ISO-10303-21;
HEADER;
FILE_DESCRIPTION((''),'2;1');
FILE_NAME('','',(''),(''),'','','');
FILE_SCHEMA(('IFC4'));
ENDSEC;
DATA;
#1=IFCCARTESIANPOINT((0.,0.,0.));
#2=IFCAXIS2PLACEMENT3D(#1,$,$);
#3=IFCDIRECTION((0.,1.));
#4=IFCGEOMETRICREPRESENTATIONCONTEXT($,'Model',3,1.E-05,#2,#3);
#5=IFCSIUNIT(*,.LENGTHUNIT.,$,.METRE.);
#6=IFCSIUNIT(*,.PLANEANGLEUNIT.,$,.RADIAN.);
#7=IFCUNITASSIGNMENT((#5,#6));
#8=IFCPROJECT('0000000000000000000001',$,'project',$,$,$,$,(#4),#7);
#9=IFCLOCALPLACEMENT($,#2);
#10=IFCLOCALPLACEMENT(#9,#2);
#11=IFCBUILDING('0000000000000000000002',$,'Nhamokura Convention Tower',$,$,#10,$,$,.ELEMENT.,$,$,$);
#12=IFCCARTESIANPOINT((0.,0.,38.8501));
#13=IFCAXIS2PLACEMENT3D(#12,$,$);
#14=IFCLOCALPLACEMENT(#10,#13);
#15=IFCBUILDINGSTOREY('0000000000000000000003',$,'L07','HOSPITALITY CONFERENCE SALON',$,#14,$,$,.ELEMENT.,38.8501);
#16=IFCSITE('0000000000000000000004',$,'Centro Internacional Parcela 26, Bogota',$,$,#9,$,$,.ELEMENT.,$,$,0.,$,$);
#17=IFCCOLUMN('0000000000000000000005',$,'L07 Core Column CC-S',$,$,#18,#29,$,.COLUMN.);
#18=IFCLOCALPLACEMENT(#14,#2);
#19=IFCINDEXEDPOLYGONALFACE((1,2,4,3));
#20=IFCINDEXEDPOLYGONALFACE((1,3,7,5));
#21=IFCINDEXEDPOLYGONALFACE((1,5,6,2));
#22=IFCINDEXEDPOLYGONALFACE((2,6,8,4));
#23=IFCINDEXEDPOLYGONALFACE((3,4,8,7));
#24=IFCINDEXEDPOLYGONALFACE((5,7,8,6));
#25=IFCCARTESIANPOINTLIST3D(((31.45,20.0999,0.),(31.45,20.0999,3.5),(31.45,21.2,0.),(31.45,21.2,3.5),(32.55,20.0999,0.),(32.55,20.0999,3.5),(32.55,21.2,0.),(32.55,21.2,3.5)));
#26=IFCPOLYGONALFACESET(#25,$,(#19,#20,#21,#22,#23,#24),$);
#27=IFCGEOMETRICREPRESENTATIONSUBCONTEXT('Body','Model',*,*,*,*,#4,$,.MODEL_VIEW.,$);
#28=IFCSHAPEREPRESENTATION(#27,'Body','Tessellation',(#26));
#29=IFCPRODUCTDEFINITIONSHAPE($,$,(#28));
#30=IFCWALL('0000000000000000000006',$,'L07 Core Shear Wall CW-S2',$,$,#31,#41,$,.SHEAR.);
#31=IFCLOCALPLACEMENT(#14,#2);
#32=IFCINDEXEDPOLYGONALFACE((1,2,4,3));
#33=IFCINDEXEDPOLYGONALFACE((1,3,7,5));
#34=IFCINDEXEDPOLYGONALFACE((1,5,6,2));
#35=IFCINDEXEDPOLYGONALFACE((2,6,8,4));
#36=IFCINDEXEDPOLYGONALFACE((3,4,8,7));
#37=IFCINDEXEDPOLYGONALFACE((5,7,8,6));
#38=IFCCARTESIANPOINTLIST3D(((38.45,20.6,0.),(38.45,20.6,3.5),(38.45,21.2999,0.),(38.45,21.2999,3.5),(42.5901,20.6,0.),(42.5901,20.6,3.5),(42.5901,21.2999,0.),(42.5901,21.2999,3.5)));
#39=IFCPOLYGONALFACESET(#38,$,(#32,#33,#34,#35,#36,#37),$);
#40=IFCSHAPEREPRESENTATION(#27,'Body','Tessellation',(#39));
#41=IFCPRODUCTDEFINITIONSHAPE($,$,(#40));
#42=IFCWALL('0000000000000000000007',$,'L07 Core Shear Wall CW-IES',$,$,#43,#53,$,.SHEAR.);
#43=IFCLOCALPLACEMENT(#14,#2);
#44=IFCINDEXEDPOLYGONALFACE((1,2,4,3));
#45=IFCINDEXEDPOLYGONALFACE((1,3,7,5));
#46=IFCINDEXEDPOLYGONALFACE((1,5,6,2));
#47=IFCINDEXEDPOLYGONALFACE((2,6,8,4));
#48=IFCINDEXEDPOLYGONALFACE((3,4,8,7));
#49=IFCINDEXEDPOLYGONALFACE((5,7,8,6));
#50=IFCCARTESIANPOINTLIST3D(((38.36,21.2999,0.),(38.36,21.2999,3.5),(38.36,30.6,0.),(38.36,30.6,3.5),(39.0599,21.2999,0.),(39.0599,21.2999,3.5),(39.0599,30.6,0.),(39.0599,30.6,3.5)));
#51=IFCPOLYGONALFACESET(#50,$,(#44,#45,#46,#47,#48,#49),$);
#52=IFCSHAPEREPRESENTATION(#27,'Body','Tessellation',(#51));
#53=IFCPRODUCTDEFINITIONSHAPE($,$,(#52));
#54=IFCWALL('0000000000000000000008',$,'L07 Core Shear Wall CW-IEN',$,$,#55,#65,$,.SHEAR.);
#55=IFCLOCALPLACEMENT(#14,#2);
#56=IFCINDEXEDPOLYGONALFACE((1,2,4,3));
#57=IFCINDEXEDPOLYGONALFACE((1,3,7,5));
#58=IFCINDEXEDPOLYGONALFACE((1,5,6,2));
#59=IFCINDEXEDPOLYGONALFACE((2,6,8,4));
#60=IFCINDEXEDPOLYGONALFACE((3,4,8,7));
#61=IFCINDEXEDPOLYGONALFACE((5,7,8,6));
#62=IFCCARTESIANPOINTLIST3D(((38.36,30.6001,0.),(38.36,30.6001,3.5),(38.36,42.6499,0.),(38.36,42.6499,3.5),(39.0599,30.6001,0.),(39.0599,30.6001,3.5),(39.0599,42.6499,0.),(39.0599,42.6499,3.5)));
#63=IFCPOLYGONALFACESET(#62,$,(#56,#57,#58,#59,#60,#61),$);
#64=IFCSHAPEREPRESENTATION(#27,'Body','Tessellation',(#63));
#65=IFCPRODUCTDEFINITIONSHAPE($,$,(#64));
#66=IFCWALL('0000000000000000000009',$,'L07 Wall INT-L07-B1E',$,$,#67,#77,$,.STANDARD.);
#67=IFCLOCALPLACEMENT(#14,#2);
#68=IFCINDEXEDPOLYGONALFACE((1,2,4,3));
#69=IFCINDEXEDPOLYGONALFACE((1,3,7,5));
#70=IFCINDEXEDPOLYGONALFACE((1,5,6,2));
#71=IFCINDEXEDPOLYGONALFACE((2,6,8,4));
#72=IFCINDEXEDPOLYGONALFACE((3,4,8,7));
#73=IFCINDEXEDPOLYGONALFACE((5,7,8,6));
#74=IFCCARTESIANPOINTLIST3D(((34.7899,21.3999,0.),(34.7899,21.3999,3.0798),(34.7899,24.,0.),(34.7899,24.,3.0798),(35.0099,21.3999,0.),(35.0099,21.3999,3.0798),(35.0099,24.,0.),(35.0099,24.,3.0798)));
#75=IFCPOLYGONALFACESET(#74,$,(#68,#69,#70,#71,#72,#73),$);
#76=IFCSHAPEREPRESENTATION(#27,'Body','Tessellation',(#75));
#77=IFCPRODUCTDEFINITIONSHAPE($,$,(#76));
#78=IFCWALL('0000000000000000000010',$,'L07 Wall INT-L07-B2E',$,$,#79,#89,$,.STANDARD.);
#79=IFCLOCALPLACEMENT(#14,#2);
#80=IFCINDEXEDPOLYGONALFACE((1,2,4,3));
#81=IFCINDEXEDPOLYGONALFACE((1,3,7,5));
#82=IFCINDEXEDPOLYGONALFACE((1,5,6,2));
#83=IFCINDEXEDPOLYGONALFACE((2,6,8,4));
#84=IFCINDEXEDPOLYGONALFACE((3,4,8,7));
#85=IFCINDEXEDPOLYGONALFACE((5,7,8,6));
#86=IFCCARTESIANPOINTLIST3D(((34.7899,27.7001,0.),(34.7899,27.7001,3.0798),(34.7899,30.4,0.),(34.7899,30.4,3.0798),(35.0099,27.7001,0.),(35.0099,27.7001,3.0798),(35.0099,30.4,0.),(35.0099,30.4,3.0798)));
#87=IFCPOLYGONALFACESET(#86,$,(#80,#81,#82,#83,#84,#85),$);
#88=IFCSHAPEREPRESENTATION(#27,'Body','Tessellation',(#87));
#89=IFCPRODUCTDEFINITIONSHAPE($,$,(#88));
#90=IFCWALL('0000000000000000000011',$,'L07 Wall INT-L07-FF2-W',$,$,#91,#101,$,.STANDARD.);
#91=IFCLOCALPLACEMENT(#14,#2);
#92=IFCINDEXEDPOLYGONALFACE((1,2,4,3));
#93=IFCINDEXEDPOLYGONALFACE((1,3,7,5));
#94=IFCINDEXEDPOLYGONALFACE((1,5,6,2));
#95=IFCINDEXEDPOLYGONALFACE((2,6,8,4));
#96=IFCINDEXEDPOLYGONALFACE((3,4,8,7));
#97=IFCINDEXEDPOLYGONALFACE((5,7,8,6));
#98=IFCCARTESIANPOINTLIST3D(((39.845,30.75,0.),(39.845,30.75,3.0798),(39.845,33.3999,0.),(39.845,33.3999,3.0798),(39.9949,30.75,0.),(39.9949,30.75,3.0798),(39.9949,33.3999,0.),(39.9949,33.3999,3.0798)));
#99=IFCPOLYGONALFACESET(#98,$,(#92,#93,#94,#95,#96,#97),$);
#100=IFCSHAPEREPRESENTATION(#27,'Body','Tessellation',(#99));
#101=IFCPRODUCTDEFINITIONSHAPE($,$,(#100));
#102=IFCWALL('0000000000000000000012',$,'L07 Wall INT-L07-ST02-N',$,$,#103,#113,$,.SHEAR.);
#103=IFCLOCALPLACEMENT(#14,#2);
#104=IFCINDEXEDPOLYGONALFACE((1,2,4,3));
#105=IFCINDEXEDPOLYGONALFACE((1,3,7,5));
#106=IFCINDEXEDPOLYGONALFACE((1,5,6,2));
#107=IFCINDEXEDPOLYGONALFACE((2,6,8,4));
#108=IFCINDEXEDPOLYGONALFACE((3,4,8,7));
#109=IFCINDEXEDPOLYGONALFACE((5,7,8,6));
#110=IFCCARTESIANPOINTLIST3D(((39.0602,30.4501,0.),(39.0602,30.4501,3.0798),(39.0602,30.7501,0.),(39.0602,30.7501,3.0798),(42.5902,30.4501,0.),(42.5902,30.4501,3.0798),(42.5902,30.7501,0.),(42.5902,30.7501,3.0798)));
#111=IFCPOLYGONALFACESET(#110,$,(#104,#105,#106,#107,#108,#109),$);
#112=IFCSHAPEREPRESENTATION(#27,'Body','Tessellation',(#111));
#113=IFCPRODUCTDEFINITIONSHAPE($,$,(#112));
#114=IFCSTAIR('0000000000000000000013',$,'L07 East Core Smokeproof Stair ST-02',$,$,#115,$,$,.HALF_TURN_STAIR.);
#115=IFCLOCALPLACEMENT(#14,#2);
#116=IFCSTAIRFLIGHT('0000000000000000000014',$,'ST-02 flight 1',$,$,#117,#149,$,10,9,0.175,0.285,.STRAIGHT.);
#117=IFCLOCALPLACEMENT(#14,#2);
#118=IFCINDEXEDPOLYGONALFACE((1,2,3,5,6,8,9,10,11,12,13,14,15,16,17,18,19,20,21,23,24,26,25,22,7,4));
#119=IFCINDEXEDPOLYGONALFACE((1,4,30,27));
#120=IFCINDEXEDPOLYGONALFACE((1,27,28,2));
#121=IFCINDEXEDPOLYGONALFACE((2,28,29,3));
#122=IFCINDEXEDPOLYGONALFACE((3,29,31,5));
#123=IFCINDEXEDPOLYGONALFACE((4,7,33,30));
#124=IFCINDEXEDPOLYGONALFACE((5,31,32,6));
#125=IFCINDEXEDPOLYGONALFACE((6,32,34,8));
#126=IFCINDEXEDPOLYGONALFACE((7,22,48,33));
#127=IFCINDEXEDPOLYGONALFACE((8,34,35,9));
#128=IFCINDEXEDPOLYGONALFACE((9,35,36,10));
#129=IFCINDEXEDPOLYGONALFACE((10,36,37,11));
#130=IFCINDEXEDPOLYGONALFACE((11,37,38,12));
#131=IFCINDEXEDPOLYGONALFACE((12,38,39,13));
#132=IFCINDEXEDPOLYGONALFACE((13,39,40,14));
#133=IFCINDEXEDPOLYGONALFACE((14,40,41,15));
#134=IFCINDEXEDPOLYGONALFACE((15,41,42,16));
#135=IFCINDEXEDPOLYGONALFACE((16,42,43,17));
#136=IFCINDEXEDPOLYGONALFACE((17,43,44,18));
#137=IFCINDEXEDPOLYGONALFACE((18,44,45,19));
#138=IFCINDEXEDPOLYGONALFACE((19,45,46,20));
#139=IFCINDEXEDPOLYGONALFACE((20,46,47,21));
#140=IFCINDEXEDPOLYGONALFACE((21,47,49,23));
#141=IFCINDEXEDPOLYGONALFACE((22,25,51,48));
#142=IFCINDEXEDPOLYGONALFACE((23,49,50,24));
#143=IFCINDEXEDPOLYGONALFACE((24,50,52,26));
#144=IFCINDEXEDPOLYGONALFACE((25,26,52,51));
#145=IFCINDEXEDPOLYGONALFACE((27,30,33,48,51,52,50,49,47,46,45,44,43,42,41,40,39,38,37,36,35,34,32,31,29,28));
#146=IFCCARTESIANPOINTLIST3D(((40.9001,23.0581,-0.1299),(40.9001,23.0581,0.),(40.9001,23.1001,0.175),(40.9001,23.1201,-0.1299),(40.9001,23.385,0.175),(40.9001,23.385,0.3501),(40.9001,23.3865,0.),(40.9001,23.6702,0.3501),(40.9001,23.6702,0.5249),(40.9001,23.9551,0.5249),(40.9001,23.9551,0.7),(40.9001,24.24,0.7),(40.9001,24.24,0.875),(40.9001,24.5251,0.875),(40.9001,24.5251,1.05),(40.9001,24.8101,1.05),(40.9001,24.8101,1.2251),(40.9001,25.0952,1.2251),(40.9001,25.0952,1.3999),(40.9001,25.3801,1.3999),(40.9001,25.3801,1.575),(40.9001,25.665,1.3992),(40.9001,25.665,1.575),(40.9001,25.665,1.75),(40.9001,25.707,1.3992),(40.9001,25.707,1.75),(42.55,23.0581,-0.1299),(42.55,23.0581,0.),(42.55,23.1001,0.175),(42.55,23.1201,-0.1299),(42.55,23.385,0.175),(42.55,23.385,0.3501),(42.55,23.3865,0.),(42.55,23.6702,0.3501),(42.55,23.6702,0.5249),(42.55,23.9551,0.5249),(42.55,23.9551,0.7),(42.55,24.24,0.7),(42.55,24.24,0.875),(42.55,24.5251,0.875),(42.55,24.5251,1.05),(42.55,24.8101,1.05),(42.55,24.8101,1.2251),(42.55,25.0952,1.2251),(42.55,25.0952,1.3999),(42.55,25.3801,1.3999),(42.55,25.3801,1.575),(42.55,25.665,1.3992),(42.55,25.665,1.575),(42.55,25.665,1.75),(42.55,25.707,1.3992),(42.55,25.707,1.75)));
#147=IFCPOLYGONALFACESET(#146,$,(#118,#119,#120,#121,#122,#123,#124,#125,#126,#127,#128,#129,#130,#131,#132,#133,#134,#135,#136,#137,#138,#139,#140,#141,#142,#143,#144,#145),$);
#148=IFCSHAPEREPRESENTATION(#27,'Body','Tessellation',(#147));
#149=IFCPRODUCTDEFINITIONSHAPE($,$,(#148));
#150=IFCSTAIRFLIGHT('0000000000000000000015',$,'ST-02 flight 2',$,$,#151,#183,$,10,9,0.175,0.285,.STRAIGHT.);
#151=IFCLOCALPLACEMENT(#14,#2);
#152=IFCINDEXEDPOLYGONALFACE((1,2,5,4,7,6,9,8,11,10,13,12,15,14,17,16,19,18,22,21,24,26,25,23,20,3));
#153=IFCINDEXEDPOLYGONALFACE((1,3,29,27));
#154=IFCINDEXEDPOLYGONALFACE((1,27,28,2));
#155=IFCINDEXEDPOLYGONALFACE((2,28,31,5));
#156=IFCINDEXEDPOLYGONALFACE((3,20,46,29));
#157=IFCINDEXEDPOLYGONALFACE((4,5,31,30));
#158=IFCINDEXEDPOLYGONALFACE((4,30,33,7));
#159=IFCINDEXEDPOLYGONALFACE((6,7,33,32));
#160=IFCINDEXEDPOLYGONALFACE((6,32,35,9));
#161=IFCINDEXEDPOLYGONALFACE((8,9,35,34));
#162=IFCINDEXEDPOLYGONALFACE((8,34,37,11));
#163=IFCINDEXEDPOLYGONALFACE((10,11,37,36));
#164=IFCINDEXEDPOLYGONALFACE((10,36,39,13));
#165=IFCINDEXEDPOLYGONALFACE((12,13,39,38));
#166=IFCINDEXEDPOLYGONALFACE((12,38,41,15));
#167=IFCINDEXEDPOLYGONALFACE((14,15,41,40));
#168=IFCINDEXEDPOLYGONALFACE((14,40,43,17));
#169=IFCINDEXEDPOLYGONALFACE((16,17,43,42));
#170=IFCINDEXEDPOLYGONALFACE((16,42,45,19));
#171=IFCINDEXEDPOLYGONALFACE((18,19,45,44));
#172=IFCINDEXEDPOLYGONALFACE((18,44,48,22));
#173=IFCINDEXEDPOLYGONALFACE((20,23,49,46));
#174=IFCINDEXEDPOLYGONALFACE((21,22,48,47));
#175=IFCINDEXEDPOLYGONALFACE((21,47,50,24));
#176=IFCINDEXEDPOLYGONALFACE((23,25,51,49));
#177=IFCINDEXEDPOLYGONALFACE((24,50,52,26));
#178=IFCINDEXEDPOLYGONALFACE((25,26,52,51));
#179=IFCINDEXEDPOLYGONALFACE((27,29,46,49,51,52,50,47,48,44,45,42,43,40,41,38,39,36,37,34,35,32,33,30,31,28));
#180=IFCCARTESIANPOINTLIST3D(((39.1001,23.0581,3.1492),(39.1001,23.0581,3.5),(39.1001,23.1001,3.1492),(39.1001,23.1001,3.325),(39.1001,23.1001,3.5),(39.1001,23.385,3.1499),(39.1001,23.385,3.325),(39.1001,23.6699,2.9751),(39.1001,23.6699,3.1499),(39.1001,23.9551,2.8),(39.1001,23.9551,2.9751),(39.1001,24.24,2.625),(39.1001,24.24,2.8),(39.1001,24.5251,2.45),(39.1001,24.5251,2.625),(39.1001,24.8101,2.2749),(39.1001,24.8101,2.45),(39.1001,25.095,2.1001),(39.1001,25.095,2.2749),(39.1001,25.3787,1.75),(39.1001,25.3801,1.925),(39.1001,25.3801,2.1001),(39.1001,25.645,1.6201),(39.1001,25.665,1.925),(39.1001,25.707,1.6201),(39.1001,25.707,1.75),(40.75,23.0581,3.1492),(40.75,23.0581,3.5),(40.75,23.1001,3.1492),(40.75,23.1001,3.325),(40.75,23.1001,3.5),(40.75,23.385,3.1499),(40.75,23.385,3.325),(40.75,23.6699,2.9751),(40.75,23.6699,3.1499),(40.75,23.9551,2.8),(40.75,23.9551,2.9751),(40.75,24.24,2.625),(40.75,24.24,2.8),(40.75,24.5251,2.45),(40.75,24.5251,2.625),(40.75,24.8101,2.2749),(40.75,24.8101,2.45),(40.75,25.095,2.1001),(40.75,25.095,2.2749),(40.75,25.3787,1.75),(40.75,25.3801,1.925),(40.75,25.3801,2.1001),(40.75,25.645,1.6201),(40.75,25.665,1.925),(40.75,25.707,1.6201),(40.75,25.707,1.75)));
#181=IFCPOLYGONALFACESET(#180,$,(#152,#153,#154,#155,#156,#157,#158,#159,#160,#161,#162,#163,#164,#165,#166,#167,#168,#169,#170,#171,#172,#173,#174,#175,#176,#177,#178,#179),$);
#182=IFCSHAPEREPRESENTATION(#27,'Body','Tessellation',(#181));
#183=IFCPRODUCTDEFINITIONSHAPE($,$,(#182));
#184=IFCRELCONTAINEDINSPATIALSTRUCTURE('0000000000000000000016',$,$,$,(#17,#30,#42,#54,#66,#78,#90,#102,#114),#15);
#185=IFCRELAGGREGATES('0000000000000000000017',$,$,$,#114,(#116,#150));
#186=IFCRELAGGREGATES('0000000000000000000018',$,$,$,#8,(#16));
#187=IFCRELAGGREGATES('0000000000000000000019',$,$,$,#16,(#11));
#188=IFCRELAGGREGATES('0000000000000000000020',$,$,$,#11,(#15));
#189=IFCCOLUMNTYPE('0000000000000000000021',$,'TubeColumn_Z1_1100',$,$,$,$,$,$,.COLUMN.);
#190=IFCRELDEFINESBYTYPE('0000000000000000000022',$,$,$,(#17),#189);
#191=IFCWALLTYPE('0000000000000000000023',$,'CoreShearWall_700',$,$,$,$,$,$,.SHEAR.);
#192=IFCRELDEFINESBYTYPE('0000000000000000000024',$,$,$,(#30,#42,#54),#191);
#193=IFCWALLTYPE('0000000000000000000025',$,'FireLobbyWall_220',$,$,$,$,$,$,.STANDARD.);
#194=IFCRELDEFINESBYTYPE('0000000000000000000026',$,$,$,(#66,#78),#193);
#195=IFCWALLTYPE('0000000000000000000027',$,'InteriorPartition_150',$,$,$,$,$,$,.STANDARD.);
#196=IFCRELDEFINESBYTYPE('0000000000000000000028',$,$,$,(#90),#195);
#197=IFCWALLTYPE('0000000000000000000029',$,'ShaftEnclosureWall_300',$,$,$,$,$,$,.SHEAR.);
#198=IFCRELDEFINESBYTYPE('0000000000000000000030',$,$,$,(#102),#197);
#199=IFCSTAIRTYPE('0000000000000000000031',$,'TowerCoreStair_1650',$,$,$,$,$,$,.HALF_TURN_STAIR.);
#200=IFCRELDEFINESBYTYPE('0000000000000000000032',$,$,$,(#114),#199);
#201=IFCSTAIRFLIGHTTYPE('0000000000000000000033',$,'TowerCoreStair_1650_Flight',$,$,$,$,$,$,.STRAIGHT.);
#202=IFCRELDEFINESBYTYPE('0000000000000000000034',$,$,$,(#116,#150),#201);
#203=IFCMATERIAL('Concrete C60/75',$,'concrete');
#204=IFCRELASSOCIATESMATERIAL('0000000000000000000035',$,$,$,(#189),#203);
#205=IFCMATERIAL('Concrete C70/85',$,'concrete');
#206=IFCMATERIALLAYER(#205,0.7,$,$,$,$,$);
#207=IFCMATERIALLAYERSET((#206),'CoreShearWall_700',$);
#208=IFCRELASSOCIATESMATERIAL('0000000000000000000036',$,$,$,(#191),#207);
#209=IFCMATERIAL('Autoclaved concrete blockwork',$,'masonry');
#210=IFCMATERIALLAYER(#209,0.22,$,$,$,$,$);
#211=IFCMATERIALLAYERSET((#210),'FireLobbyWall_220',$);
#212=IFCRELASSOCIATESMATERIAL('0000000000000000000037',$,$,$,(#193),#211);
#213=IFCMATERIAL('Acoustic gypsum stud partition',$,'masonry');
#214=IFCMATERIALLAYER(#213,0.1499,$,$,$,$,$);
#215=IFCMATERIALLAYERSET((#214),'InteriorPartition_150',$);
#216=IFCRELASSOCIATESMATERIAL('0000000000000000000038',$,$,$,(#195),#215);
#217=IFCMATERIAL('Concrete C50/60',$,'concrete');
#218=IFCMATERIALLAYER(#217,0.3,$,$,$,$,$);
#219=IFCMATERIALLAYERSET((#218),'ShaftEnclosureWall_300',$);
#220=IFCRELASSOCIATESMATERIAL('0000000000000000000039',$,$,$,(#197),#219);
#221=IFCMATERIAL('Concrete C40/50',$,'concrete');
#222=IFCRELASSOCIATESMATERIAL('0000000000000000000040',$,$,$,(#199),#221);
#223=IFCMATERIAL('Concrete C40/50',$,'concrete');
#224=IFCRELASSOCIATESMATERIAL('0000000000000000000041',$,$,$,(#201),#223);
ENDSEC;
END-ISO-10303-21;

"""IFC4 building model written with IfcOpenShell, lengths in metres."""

from ifc_helpers import new_model, si_unit, direction, frame, frame_2d, origin, origin_2d, place, context, subcontext, project, spatial, polyline, rectangle, outline, extrude, material, layer, layer_set, material_profile, profile_set, type_object, element, aggregate, save


model = new_model("IFC4")

# Units and contexts
model_context = context("Model", 3, precision=1e-05, world=origin(), true_north=direction((0.0, 1.0)))
body_context = subcontext(model_context, "Body", "Model", "MODEL_VIEW")
ifc_project = project(units=[si_unit("LENGTHUNIT", "METRE"), si_unit("PLANEANGLEUNIT", "RADIAN")], contexts=[model_context])

# Site, building, storey
site_placement = place(None, origin())
site = spatial("IfcSite", under=ifc_project, at=site_placement, Name="Centro Internacional Parcela 26, Bogota", CompositionType="ELEMENT", RefElevation=0.0)
building_placement = place(site_placement, origin())
building = spatial("IfcBuilding", under=site, at=building_placement, Name="Nhamokura Convention Tower", CompositionType="ELEMENT")
storey_placement = place(building_placement, frame((0.0, 0.0, 38.8501)))
storey = spatial("IfcBuildingStorey", under=building, at=storey_placement, Name="L07", Description="HOSPITALITY CONFERENCE SALON", CompositionType="ELEMENT", Elevation=38.8501)

# Column
ifc_material_1 = material(Name="Concrete C60/75", Category="concrete")
ifc_material_profile = material_profile(ifc_material_1, rectangle(XDim=1.1001, YDim=1.1001, at=origin_2d()))
ifc_profile_set = profile_set([ifc_material_profile], Name="Concrete C60/75")
column_type = type_object("IfcColumnType", Name="TubeColumn_Z1_1100", PredefinedType="COLUMN", material=ifc_profile_set)
column_placement = place(storey_placement, frame((32.0, 20.6499, 0.0), z_axis=(0.0, 0.0, 1.0), x_axis=(1.0, 0.0, 0.0)))
element("IfcColumn", 1, at=column_placement, inside=storey, type_object=column_type, Name="L07 Core Column CC-S", PredefinedType="COLUMN", context=body_context, shape_type="SweptSolid", body=[
    extrude(rectangle(XDim=1.1001, YDim=1.1001, at=origin_2d()), origin(), (0.0, 0.0, 1.0), 3.5),
])

# Shared definitions
ifc_material_2 = material(Name="Concrete C70/85", Category="concrete")
ifc_layer_1 = layer(ifc_material_2, 0.7)
ifc_layer_set_1 = layer_set([ifc_layer_1], Name="CoreShearWall_700")
wall_type_1 = type_object("IfcWallType", Name="CoreShearWall_700", PredefinedType="SHEAR", material=ifc_layer_set_1)

# Walls
wall_1_placement = place(storey_placement, frame((38.45, 20.95, 0.0), z_axis=(0.0, 0.0, 1.0), x_axis=(1.0, 0.0, 0.0)))
element("IfcWall", 2, at=wall_1_placement, inside=storey, type_object=wall_type_1, Name="L07 Core Shear Wall CW-S2", PredefinedType="SHEAR", context=body_context, shape_type="SweptSolid", body=[
    extrude(rectangle(XDim=4.1401, YDim=0.7, at=frame_2d((2.0701, 0.0))), origin(), (0.0, 0.0, 1.0), 3.5),
])
wall_2_placement = place(storey_placement, frame((38.71, 21.3, 0.0), z_axis=(0.0, 0.0, 1.0), x_axis=(0.0, 1.0, 0.0)))
element("IfcWall", 3, at=wall_2_placement, inside=storey, type_object=wall_type_1, Name="L07 Core Shear Wall CW-IES", PredefinedType="SHEAR", context=body_context, shape_type="SweptSolid", body=[
    extrude(rectangle(XDim=9.3, YDim=0.7, at=frame_2d((4.6499, 0.0))), origin(), (0.0, 0.0, 1.0), 3.5),
])
wall_3_placement = place(storey_placement, frame((38.71, 30.6001, 0.0), z_axis=(0.0, 0.0, 1.0), x_axis=(0.0, 1.0, 0.0)))
element("IfcWall", 4, at=wall_3_placement, inside=storey, type_object=wall_type_1, Name="L07 Core Shear Wall CW-IEN", PredefinedType="SHEAR", context=body_context, shape_type="SweptSolid", body=[
    extrude(rectangle(XDim=12.0498, YDim=0.7, at=frame_2d((6.0249, 0.0))), origin(), (0.0, 0.0, 1.0), 3.5),
])

# Shared definitions
ifc_material_3 = material(Name="Autoclaved concrete blockwork", Category="masonry")
ifc_layer_2 = layer(ifc_material_3, 0.22)
ifc_layer_set_2 = layer_set([ifc_layer_2], Name="FireLobbyWall_220")
wall_type_2 = type_object("IfcWallType", Name="FireLobbyWall_220", PredefinedType="STANDARD", material=ifc_layer_set_2)

# Walls
wall_4_placement = place(storey_placement, frame((34.8999, 21.3999, 0.0), z_axis=(0.0, 0.0, 1.0), x_axis=(0.0, 1.0, 0.0)))
element("IfcWall", 5, at=wall_4_placement, inside=storey, type_object=wall_type_2, Name="L07 Wall INT-L07-B1E", PredefinedType="STANDARD", context=body_context, shape_type="SweptSolid", body=[
    extrude(rectangle(XDim=2.6001, YDim=0.22, at=frame_2d((1.3, 0.0))), origin(), (0.0, 0.0, 1.0), 3.0798),
])
wall_5_placement = place(storey_placement, frame((34.8999, 27.7, 0.0), z_axis=(0.0, 0.0, 1.0), x_axis=(0.0, 1.0, 0.0)))
element("IfcWall", 6, at=wall_5_placement, inside=storey, type_object=wall_type_2, Name="L07 Wall INT-L07-B2E", PredefinedType="STANDARD", context=body_context, shape_type="SweptSolid", body=[
    extrude(rectangle(XDim=2.7, YDim=0.22, at=frame_2d((1.3501, 0.0))), origin(), (0.0, 0.0, 1.0), 3.0798),
])
ifc_material_4 = material(Name="Acoustic gypsum stud partition", Category="masonry")
ifc_layer_3 = layer(ifc_material_4, 0.1499)
ifc_layer_set_3 = layer_set([ifc_layer_3], Name="InteriorPartition_150")
wall_type_3 = type_object("IfcWallType", Name="InteriorPartition_150", PredefinedType="STANDARD", material=ifc_layer_set_3)
wall_6_placement = place(storey_placement, frame((39.9199, 30.75, 0.0), z_axis=(0.0, 0.0, 1.0), x_axis=(0.0, 1.0, 0.0)))
element("IfcWall", 7, at=wall_6_placement, inside=storey, type_object=wall_type_3, Name="L07 Wall INT-L07-FF2-W", PredefinedType="STANDARD", context=body_context, shape_type="SweptSolid", body=[
    extrude(rectangle(XDim=2.6499, YDim=0.1499, at=frame_2d((1.325, 0.0))), origin(), (0.0, 0.0, 1.0), 3.0798),
])
ifc_material_5 = material(Name="Concrete C50/60", Category="concrete")
ifc_layer_4 = layer(ifc_material_5, 0.3)
ifc_layer_set_4 = layer_set([ifc_layer_4], Name="ShaftEnclosureWall_300")
wall_type_4 = type_object("IfcWallType", Name="ShaftEnclosureWall_300", PredefinedType="SHEAR", material=ifc_layer_set_4)
wall_7_placement = place(storey_placement, frame((39.0601, 30.6001, 0.0), z_axis=(0.0, 0.0, 1.0), x_axis=(1.0, 0.0, 0.0)))
element("IfcWall", 8, at=wall_7_placement, inside=storey, type_object=wall_type_4, Name="L07 Wall INT-L07-ST02-N", PredefinedType="SHEAR", context=body_context, shape_type="SweptSolid", body=[
    extrude(rectangle(XDim=3.53, YDim=0.3, at=frame_2d((1.7651, 0.0))), origin(), (0.0, 0.0, 1.0), 3.0798),
])

# Stair, stair flights
ifc_material_6 = material(Name="Concrete C40/50", Category="concrete")
stair_type = type_object("IfcStairType", Name="TowerCoreStair_1650", PredefinedType="HALF_TURN_STAIR", material=ifc_material_6)
stair_placement = place(storey_placement, origin())
stair = element("IfcStair", 9, at=stair_placement, inside=storey, type_object=stair_type, Name="L07 East Core Smokeproof Stair ST-02", PredefinedType="HALF_TURN_STAIR")
ifc_material_7 = material(Name="Concrete C40/50", Category="concrete")
stair_flight_type = type_object("IfcStairFlightType", Name="TowerCoreStair_1650_Flight", PredefinedType="STRAIGHT", material=ifc_material_7)
stair_flight_1_placement = place(storey_placement, frame((41.7251, 23.1001, 0.0), z_axis=(0.0, 0.0, 1.0), x_axis=(0.0, 1.0, 0.0)))
stair_flight_1 = element("IfcStairFlight", 10, at=stair_flight_1_placement, type_object=stair_flight_type, Name="ST-02 flight 1", NumberOfRisers=10, NumberOfTreads=9, PredefinedType="STRAIGHT", RiserHeight=0.175, TreadLength=0.285, context=body_context, shape_type="SweptSolid", body=[
    extrude(outline(polyline([(-0.042, 0.0), (0.0, 0.175), (0.2849, 0.175), (0.2849, 0.3501), (0.5701, 0.3501), (0.5701, 0.5249), (0.855, 0.5249), (0.855, 0.7), (1.1399, 0.7), (1.1399, 0.875), (1.425, 0.875), (1.425, 1.05), (1.71, 1.05), (1.71, 1.2251), (1.9951, 1.2251), (1.9951, 1.3999), (2.28, 1.3999), (2.28, 1.575), (2.5649, 1.575), (2.5649, 1.75), (2.6069, 1.75), (2.6069, 1.3992), (2.5649, 1.3992), (0.2864, 0.0), (0.02, -0.1299), (-0.042, -0.1299), (-0.042, 0.0)])), frame((0.0, 0.825, 0.0), z_axis=(0.0, -1.0, 0.0), x_axis=(1.0, 0.0, 0.0)), (0.0, 0.0, 1.0), 1.6499),
])
stair_flight_2_placement = place(storey_placement, frame((39.925, 25.665, 1.75), z_axis=(0.0, 0.0, 1.0), x_axis=(0.0, -1.0, 0.0)))
stair_flight_2 = element("IfcStairFlight", 11, at=stair_flight_2_placement, type_object=stair_flight_type, Name="ST-02 flight 2", NumberOfRisers=10, NumberOfTreads=9, PredefinedType="STRAIGHT", RiserHeight=0.175, TreadLength=0.285, context=body_context, shape_type="SweptSolid", body=[
    extrude(outline(polyline([(-0.042, 0.0), (0.0, 0.175), (0.2849, 0.175), (0.2849, 0.3501), (0.5701, 0.3501), (0.5701, 0.5249), (0.855, 0.5249), (0.855, 0.7), (1.1399, 0.7), (1.1399, 0.875), (1.425, 0.875), (1.425, 1.05), (1.71, 1.05), (1.71, 1.2251), (1.9951, 1.2251), (1.9951, 1.3999), (2.28, 1.3999), (2.28, 1.575), (2.5649, 1.575), (2.5649, 1.75), (2.6069, 1.75), (2.6069, 1.3992), (2.5649, 1.3992), (0.2864, 0.0), (0.02, -0.1299), (-0.042, -0.1299), (-0.042, 0.0)])), frame((0.0, 0.825, 0.0), z_axis=(0.0, -1.0, 0.0), x_axis=(1.0, 0.0, 0.0)), (0.0, 0.0, 1.0), 1.6499),
])
aggregate(stair, [stair_flight_1, stair_flight_2])

save(model, "model.ifc")
